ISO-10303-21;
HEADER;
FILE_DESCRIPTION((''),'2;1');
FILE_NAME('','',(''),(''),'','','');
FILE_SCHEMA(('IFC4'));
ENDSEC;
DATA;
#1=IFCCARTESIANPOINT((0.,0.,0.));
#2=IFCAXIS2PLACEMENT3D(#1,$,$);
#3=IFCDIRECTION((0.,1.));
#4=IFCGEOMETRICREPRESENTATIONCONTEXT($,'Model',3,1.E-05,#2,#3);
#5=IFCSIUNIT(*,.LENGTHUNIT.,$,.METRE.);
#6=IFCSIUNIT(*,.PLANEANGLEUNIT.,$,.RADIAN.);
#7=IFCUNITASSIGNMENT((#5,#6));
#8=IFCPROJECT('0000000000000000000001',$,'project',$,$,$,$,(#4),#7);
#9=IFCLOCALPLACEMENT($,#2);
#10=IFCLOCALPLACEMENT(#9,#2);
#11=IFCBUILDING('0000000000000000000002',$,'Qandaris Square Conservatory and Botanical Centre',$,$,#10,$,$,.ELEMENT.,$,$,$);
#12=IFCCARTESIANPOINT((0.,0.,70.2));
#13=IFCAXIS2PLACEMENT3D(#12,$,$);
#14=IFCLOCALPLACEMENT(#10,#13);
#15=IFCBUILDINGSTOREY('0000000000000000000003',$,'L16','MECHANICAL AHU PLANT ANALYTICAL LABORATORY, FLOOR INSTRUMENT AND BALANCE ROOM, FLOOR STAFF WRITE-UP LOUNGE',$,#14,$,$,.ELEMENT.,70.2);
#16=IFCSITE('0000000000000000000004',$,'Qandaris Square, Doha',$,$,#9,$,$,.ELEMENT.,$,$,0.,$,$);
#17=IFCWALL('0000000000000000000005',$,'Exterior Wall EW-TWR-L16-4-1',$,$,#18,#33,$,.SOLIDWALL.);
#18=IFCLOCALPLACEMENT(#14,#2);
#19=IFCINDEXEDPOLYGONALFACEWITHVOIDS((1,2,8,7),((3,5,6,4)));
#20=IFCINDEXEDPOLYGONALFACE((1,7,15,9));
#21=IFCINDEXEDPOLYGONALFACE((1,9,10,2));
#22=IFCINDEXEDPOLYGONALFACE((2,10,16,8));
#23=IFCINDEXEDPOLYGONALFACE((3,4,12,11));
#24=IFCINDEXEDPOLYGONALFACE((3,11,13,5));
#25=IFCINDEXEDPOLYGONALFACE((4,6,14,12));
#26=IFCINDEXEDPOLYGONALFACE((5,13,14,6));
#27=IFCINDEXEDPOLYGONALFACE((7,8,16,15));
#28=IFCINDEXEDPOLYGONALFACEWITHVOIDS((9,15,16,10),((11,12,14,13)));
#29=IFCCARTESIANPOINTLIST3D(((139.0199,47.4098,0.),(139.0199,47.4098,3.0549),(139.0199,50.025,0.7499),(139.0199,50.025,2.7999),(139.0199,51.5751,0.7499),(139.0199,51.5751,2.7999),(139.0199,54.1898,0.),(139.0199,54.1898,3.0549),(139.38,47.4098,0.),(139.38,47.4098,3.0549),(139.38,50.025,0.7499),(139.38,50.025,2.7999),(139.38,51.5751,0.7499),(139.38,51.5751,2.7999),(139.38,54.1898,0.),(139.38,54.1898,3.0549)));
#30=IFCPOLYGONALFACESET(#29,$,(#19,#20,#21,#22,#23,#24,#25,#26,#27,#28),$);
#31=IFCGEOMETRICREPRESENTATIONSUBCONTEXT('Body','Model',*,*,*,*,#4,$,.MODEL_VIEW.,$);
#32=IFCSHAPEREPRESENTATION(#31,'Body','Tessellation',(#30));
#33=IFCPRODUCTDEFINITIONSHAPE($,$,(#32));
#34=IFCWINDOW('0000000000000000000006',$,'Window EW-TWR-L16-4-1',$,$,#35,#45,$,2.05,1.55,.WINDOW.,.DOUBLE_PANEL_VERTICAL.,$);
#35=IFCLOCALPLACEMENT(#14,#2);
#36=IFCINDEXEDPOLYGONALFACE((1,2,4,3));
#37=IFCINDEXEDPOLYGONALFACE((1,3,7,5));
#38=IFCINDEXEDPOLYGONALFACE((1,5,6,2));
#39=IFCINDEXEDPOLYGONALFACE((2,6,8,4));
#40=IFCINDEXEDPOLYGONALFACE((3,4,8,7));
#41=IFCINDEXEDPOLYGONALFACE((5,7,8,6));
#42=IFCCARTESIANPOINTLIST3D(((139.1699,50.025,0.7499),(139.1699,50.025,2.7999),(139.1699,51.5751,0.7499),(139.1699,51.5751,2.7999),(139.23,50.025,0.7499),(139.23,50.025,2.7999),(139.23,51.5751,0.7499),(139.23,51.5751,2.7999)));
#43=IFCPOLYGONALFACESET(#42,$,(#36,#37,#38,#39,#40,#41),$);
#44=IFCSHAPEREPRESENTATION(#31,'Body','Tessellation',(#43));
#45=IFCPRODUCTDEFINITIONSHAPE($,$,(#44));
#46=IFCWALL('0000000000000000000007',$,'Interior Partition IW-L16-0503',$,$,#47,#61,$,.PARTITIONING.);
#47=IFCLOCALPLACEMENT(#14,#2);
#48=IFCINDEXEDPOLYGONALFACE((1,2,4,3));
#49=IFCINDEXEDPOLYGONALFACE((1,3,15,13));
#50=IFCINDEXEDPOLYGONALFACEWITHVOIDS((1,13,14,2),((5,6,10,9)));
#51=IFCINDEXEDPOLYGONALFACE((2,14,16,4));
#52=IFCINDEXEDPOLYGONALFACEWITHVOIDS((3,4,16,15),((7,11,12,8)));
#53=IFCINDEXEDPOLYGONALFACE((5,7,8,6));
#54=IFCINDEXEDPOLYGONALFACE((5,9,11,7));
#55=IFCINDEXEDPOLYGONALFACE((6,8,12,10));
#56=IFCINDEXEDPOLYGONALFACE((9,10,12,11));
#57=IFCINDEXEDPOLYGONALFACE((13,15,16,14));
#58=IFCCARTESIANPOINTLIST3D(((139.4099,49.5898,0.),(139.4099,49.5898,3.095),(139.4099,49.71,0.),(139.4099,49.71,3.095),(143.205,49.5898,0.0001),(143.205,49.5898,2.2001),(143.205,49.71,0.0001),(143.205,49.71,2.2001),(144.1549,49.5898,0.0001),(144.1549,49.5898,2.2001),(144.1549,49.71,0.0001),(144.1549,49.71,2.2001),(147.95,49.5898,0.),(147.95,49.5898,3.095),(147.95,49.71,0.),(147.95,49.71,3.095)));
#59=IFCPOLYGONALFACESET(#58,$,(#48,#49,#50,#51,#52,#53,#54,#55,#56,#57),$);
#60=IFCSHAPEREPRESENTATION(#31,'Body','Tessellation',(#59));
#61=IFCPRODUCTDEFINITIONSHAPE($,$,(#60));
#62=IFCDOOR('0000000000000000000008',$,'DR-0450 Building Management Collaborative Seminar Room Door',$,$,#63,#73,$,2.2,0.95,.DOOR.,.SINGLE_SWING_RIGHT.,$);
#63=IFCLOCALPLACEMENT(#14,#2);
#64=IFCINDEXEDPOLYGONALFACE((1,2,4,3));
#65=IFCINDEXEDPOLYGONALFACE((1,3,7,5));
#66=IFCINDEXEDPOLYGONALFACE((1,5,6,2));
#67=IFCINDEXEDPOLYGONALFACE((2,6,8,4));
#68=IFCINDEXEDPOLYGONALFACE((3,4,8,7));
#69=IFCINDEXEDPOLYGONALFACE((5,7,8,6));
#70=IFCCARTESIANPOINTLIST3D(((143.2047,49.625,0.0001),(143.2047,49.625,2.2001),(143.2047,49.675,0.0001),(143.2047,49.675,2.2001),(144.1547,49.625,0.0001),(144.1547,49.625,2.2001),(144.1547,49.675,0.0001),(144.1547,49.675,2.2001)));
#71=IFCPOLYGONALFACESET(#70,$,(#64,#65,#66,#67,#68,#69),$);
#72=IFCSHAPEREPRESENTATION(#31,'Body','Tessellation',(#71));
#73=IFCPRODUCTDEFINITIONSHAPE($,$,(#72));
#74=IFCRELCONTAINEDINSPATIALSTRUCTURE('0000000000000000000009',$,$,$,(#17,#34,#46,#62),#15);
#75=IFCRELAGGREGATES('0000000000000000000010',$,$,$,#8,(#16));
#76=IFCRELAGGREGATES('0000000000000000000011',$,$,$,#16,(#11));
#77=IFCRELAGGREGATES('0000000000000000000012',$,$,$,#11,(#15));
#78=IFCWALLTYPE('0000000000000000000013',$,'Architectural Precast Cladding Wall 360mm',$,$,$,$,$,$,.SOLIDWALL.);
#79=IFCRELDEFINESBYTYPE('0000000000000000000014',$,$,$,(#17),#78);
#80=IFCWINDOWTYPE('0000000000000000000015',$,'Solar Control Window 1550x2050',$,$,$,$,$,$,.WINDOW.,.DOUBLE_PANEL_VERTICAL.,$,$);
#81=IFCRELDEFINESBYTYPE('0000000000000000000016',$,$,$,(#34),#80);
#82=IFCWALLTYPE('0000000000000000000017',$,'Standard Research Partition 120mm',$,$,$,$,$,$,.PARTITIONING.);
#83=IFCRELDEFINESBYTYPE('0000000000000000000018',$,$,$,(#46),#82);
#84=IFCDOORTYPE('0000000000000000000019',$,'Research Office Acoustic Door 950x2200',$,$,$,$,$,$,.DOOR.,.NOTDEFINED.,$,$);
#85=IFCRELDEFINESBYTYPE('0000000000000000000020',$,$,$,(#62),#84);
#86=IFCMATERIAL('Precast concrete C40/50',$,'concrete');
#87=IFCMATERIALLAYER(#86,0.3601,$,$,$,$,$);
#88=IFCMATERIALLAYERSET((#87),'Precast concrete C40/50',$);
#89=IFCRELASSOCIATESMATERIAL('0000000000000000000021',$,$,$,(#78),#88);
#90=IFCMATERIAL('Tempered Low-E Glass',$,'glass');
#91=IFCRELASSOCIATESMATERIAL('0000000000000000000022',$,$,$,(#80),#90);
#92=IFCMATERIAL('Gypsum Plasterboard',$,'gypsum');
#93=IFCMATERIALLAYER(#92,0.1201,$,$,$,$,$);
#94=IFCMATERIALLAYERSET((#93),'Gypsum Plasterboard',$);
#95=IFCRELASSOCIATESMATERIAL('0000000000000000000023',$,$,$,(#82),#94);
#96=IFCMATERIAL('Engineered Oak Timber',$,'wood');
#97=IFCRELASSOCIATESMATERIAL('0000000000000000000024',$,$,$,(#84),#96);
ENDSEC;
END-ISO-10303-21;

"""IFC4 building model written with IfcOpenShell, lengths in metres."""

from ifc_helpers import new_model, si_unit, direction, frame, frame_2d, origin, place, context, subcontext, project, spatial, rectangle, extrude, material, layer, layer_set, type_object, element, fill, save


model = new_model("IFC4")

# Units and contexts
model_context = context("Model", 3, precision=1e-05, world=origin(), true_north=direction((0.0, 1.0)))
body_context = subcontext(model_context, "Body", "Model", "MODEL_VIEW")
ifc_project = project(units=[si_unit("LENGTHUNIT", "METRE"), si_unit("PLANEANGLEUNIT", "RADIAN")], contexts=[model_context])

# Site, building, storey
site_placement = place(None, origin())
site = spatial("IfcSite", under=ifc_project, at=site_placement, Name="Qandaris Square, Doha", CompositionType="ELEMENT", RefElevation=0.0)
building_placement = place(site_placement, origin())
building = spatial("IfcBuilding", under=site, at=building_placement, Name="Qandaris Square Conservatory and Botanical Centre", CompositionType="ELEMENT")
storey_placement = place(building_placement, frame((0.0, 0.0, 70.2)))
storey = spatial("IfcBuildingStorey", under=building, at=storey_placement, Name="L16", Description="MECHANICAL AHU PLANT ANALYTICAL LABORATORY, FLOOR INSTRUMENT AND BALANCE ROOM, FLOOR STAFF WRITE-UP LOUNGE", CompositionType="ELEMENT", Elevation=70.2)

# Shared definitions
ifc_material_1 = material(Name="Tempered Low-E Glass", Category="glass")

# Wall, opening, window
ifc_material_2 = material(Name="Precast concrete C40/50", Category="concrete")
ifc_layer_1 = layer(ifc_material_2, 0.3601)
ifc_layer_set_1 = layer_set([ifc_layer_1], Name="Precast concrete C40/50")
wall_type_1 = type_object("IfcWallType", Name="Architectural Precast Cladding Wall 360mm", PredefinedType="SOLIDWALL", material=ifc_layer_set_1)
wall_1_placement = place(storey_placement, frame((139.2, 54.1899, 0.0), z_axis=(0.0, 0.0, 1.0), x_axis=(0.0, -1.0, 0.0)))
wall_1 = element("IfcWall", 1, at=wall_1_placement, inside=storey, type_object=wall_type_1, Name="Exterior Wall EW-TWR-L16-4-1", PredefinedType="SOLIDWALL", context=body_context, shape_type="SweptSolid", body=[
    extrude(rectangle(XDim=6.78, YDim=0.3601, at=frame_2d((3.3901, 0.0))), origin(), (0.0, 0.0, 1.0), 3.0549),
])
opening_1_placement = place(wall_1_placement, frame((2.615, 0.0, 0.75)))
opening_1 = element("IfcOpeningElement", 2, at=opening_1_placement, cuts=wall_1, PredefinedType="OPENING", context=body_context, shape_type="SweptSolid", body=[
    extrude(rectangle(XDim=1.55, YDim=2.05, at=frame_2d((0.7749, 1.0249))), frame((0.0, 0.1919, 0.0), z_axis=(0.0, -1.0, 0.0), x_axis=(1.0, 0.0, 0.0)), (0.0, 0.0, 1.0), 0.384),
])
window_type = type_object("IfcWindowType", Name="Solar Control Window 1550x2050", PartitioningType="DOUBLE_PANEL_VERTICAL", PredefinedType="WINDOW", material=ifc_material_1)
window_placement = place(opening_1_placement, origin())
window = element("IfcWindow", 3, at=window_placement, inside=storey, type_object=window_type, Name="Window EW-TWR-L16-4-1", OverallHeight=2.05, OverallWidth=1.55, PartitioningType="DOUBLE_PANEL_VERTICAL", PredefinedType="WINDOW", context=body_context, shape_type="SweptSolid", body=[
    extrude(rectangle(XDim=1.55, YDim=2.05, at=frame_2d((0.7749, 1.0249))), frame((0.0, 0.03, 0.0), z_axis=(0.0, -1.0, 0.0), x_axis=(1.0, 0.0, 0.0)), (0.0, 0.0, 1.0), 0.0601),
])
fill(opening_1, window)

# Wall, opening, door
ifc_material_3 = material(Name="Gypsum Plasterboard", Category="gypsum")
ifc_layer_2 = layer(ifc_material_3, 0.1201)
ifc_layer_set_2 = layer_set([ifc_layer_2], Name="Gypsum Plasterboard")
wall_type_2 = type_object("IfcWallType", Name="Standard Research Partition 120mm", PredefinedType="PARTITIONING", material=ifc_layer_set_2)
wall_2_placement = place(storey_placement, frame((139.4099, 49.6499, 0.0), z_axis=(0.0, 0.0, 1.0), x_axis=(1.0, 0.0, 0.0)))
wall_2 = element("IfcWall", 4, at=wall_2_placement, inside=storey, type_object=wall_type_2, Name="Interior Partition IW-L16-0503", PredefinedType="PARTITIONING", context=body_context, shape_type="SweptSolid", body=[
    extrude(rectangle(XDim=8.54, YDim=0.1201, at=frame_2d((4.27, 0.0))), origin(), (0.0, 0.0, 1.0), 3.095),
])
opening_2_placement = place(wall_2_placement, frame((3.7949, 0.0, 0.0)))
opening_2 = element("IfcOpeningElement", 5, at=opening_2_placement, cuts=wall_2, PredefinedType="OPENING", context=body_context, shape_type="SweptSolid", body=[
    extrude(rectangle(XDim=0.95, YDim=2.2, at=frame_2d((0.4751, 1.1001))), frame((0.0, 0.072, 0.0), z_axis=(0.0, -1.0, 0.0), x_axis=(1.0, 0.0, 0.0)), (0.0, 0.0, 1.0), 0.144),
])
ifc_material_4 = material(Name="Engineered Oak Timber", Category="wood")
door_type = type_object("IfcDoorType", Name="Research Office Acoustic Door 950x2200", OperationType="NOTDEFINED", PredefinedType="DOOR", material=ifc_material_4)
door_placement = place(opening_2_placement, frame((0.95, 0.0, 0.0), z_axis=(0.0, 0.0, 1.0), x_axis=(-1.0, 0.0, 0.0)))
door = element("IfcDoor", 6, at=door_placement, inside=storey, type_object=door_type, Name="DR-0450 Building Management Collaborative Seminar Room Door", OperationType="SINGLE_SWING_RIGHT", OverallHeight=2.2, OverallWidth=0.95, PredefinedType="DOOR", context=body_context, shape_type="SweptSolid", body=[
    extrude(rectangle(XDim=0.95, YDim=2.2, at=frame_2d((0.4751, 1.1001))), frame((0.0, 0.0249, 0.0), z_axis=(0.0, -1.0, 0.0), x_axis=(1.0, 0.0, 0.0)), (0.0, 0.0, 1.0), 0.05),
])
fill(opening_2, door)

save(model, "model.ifc")
